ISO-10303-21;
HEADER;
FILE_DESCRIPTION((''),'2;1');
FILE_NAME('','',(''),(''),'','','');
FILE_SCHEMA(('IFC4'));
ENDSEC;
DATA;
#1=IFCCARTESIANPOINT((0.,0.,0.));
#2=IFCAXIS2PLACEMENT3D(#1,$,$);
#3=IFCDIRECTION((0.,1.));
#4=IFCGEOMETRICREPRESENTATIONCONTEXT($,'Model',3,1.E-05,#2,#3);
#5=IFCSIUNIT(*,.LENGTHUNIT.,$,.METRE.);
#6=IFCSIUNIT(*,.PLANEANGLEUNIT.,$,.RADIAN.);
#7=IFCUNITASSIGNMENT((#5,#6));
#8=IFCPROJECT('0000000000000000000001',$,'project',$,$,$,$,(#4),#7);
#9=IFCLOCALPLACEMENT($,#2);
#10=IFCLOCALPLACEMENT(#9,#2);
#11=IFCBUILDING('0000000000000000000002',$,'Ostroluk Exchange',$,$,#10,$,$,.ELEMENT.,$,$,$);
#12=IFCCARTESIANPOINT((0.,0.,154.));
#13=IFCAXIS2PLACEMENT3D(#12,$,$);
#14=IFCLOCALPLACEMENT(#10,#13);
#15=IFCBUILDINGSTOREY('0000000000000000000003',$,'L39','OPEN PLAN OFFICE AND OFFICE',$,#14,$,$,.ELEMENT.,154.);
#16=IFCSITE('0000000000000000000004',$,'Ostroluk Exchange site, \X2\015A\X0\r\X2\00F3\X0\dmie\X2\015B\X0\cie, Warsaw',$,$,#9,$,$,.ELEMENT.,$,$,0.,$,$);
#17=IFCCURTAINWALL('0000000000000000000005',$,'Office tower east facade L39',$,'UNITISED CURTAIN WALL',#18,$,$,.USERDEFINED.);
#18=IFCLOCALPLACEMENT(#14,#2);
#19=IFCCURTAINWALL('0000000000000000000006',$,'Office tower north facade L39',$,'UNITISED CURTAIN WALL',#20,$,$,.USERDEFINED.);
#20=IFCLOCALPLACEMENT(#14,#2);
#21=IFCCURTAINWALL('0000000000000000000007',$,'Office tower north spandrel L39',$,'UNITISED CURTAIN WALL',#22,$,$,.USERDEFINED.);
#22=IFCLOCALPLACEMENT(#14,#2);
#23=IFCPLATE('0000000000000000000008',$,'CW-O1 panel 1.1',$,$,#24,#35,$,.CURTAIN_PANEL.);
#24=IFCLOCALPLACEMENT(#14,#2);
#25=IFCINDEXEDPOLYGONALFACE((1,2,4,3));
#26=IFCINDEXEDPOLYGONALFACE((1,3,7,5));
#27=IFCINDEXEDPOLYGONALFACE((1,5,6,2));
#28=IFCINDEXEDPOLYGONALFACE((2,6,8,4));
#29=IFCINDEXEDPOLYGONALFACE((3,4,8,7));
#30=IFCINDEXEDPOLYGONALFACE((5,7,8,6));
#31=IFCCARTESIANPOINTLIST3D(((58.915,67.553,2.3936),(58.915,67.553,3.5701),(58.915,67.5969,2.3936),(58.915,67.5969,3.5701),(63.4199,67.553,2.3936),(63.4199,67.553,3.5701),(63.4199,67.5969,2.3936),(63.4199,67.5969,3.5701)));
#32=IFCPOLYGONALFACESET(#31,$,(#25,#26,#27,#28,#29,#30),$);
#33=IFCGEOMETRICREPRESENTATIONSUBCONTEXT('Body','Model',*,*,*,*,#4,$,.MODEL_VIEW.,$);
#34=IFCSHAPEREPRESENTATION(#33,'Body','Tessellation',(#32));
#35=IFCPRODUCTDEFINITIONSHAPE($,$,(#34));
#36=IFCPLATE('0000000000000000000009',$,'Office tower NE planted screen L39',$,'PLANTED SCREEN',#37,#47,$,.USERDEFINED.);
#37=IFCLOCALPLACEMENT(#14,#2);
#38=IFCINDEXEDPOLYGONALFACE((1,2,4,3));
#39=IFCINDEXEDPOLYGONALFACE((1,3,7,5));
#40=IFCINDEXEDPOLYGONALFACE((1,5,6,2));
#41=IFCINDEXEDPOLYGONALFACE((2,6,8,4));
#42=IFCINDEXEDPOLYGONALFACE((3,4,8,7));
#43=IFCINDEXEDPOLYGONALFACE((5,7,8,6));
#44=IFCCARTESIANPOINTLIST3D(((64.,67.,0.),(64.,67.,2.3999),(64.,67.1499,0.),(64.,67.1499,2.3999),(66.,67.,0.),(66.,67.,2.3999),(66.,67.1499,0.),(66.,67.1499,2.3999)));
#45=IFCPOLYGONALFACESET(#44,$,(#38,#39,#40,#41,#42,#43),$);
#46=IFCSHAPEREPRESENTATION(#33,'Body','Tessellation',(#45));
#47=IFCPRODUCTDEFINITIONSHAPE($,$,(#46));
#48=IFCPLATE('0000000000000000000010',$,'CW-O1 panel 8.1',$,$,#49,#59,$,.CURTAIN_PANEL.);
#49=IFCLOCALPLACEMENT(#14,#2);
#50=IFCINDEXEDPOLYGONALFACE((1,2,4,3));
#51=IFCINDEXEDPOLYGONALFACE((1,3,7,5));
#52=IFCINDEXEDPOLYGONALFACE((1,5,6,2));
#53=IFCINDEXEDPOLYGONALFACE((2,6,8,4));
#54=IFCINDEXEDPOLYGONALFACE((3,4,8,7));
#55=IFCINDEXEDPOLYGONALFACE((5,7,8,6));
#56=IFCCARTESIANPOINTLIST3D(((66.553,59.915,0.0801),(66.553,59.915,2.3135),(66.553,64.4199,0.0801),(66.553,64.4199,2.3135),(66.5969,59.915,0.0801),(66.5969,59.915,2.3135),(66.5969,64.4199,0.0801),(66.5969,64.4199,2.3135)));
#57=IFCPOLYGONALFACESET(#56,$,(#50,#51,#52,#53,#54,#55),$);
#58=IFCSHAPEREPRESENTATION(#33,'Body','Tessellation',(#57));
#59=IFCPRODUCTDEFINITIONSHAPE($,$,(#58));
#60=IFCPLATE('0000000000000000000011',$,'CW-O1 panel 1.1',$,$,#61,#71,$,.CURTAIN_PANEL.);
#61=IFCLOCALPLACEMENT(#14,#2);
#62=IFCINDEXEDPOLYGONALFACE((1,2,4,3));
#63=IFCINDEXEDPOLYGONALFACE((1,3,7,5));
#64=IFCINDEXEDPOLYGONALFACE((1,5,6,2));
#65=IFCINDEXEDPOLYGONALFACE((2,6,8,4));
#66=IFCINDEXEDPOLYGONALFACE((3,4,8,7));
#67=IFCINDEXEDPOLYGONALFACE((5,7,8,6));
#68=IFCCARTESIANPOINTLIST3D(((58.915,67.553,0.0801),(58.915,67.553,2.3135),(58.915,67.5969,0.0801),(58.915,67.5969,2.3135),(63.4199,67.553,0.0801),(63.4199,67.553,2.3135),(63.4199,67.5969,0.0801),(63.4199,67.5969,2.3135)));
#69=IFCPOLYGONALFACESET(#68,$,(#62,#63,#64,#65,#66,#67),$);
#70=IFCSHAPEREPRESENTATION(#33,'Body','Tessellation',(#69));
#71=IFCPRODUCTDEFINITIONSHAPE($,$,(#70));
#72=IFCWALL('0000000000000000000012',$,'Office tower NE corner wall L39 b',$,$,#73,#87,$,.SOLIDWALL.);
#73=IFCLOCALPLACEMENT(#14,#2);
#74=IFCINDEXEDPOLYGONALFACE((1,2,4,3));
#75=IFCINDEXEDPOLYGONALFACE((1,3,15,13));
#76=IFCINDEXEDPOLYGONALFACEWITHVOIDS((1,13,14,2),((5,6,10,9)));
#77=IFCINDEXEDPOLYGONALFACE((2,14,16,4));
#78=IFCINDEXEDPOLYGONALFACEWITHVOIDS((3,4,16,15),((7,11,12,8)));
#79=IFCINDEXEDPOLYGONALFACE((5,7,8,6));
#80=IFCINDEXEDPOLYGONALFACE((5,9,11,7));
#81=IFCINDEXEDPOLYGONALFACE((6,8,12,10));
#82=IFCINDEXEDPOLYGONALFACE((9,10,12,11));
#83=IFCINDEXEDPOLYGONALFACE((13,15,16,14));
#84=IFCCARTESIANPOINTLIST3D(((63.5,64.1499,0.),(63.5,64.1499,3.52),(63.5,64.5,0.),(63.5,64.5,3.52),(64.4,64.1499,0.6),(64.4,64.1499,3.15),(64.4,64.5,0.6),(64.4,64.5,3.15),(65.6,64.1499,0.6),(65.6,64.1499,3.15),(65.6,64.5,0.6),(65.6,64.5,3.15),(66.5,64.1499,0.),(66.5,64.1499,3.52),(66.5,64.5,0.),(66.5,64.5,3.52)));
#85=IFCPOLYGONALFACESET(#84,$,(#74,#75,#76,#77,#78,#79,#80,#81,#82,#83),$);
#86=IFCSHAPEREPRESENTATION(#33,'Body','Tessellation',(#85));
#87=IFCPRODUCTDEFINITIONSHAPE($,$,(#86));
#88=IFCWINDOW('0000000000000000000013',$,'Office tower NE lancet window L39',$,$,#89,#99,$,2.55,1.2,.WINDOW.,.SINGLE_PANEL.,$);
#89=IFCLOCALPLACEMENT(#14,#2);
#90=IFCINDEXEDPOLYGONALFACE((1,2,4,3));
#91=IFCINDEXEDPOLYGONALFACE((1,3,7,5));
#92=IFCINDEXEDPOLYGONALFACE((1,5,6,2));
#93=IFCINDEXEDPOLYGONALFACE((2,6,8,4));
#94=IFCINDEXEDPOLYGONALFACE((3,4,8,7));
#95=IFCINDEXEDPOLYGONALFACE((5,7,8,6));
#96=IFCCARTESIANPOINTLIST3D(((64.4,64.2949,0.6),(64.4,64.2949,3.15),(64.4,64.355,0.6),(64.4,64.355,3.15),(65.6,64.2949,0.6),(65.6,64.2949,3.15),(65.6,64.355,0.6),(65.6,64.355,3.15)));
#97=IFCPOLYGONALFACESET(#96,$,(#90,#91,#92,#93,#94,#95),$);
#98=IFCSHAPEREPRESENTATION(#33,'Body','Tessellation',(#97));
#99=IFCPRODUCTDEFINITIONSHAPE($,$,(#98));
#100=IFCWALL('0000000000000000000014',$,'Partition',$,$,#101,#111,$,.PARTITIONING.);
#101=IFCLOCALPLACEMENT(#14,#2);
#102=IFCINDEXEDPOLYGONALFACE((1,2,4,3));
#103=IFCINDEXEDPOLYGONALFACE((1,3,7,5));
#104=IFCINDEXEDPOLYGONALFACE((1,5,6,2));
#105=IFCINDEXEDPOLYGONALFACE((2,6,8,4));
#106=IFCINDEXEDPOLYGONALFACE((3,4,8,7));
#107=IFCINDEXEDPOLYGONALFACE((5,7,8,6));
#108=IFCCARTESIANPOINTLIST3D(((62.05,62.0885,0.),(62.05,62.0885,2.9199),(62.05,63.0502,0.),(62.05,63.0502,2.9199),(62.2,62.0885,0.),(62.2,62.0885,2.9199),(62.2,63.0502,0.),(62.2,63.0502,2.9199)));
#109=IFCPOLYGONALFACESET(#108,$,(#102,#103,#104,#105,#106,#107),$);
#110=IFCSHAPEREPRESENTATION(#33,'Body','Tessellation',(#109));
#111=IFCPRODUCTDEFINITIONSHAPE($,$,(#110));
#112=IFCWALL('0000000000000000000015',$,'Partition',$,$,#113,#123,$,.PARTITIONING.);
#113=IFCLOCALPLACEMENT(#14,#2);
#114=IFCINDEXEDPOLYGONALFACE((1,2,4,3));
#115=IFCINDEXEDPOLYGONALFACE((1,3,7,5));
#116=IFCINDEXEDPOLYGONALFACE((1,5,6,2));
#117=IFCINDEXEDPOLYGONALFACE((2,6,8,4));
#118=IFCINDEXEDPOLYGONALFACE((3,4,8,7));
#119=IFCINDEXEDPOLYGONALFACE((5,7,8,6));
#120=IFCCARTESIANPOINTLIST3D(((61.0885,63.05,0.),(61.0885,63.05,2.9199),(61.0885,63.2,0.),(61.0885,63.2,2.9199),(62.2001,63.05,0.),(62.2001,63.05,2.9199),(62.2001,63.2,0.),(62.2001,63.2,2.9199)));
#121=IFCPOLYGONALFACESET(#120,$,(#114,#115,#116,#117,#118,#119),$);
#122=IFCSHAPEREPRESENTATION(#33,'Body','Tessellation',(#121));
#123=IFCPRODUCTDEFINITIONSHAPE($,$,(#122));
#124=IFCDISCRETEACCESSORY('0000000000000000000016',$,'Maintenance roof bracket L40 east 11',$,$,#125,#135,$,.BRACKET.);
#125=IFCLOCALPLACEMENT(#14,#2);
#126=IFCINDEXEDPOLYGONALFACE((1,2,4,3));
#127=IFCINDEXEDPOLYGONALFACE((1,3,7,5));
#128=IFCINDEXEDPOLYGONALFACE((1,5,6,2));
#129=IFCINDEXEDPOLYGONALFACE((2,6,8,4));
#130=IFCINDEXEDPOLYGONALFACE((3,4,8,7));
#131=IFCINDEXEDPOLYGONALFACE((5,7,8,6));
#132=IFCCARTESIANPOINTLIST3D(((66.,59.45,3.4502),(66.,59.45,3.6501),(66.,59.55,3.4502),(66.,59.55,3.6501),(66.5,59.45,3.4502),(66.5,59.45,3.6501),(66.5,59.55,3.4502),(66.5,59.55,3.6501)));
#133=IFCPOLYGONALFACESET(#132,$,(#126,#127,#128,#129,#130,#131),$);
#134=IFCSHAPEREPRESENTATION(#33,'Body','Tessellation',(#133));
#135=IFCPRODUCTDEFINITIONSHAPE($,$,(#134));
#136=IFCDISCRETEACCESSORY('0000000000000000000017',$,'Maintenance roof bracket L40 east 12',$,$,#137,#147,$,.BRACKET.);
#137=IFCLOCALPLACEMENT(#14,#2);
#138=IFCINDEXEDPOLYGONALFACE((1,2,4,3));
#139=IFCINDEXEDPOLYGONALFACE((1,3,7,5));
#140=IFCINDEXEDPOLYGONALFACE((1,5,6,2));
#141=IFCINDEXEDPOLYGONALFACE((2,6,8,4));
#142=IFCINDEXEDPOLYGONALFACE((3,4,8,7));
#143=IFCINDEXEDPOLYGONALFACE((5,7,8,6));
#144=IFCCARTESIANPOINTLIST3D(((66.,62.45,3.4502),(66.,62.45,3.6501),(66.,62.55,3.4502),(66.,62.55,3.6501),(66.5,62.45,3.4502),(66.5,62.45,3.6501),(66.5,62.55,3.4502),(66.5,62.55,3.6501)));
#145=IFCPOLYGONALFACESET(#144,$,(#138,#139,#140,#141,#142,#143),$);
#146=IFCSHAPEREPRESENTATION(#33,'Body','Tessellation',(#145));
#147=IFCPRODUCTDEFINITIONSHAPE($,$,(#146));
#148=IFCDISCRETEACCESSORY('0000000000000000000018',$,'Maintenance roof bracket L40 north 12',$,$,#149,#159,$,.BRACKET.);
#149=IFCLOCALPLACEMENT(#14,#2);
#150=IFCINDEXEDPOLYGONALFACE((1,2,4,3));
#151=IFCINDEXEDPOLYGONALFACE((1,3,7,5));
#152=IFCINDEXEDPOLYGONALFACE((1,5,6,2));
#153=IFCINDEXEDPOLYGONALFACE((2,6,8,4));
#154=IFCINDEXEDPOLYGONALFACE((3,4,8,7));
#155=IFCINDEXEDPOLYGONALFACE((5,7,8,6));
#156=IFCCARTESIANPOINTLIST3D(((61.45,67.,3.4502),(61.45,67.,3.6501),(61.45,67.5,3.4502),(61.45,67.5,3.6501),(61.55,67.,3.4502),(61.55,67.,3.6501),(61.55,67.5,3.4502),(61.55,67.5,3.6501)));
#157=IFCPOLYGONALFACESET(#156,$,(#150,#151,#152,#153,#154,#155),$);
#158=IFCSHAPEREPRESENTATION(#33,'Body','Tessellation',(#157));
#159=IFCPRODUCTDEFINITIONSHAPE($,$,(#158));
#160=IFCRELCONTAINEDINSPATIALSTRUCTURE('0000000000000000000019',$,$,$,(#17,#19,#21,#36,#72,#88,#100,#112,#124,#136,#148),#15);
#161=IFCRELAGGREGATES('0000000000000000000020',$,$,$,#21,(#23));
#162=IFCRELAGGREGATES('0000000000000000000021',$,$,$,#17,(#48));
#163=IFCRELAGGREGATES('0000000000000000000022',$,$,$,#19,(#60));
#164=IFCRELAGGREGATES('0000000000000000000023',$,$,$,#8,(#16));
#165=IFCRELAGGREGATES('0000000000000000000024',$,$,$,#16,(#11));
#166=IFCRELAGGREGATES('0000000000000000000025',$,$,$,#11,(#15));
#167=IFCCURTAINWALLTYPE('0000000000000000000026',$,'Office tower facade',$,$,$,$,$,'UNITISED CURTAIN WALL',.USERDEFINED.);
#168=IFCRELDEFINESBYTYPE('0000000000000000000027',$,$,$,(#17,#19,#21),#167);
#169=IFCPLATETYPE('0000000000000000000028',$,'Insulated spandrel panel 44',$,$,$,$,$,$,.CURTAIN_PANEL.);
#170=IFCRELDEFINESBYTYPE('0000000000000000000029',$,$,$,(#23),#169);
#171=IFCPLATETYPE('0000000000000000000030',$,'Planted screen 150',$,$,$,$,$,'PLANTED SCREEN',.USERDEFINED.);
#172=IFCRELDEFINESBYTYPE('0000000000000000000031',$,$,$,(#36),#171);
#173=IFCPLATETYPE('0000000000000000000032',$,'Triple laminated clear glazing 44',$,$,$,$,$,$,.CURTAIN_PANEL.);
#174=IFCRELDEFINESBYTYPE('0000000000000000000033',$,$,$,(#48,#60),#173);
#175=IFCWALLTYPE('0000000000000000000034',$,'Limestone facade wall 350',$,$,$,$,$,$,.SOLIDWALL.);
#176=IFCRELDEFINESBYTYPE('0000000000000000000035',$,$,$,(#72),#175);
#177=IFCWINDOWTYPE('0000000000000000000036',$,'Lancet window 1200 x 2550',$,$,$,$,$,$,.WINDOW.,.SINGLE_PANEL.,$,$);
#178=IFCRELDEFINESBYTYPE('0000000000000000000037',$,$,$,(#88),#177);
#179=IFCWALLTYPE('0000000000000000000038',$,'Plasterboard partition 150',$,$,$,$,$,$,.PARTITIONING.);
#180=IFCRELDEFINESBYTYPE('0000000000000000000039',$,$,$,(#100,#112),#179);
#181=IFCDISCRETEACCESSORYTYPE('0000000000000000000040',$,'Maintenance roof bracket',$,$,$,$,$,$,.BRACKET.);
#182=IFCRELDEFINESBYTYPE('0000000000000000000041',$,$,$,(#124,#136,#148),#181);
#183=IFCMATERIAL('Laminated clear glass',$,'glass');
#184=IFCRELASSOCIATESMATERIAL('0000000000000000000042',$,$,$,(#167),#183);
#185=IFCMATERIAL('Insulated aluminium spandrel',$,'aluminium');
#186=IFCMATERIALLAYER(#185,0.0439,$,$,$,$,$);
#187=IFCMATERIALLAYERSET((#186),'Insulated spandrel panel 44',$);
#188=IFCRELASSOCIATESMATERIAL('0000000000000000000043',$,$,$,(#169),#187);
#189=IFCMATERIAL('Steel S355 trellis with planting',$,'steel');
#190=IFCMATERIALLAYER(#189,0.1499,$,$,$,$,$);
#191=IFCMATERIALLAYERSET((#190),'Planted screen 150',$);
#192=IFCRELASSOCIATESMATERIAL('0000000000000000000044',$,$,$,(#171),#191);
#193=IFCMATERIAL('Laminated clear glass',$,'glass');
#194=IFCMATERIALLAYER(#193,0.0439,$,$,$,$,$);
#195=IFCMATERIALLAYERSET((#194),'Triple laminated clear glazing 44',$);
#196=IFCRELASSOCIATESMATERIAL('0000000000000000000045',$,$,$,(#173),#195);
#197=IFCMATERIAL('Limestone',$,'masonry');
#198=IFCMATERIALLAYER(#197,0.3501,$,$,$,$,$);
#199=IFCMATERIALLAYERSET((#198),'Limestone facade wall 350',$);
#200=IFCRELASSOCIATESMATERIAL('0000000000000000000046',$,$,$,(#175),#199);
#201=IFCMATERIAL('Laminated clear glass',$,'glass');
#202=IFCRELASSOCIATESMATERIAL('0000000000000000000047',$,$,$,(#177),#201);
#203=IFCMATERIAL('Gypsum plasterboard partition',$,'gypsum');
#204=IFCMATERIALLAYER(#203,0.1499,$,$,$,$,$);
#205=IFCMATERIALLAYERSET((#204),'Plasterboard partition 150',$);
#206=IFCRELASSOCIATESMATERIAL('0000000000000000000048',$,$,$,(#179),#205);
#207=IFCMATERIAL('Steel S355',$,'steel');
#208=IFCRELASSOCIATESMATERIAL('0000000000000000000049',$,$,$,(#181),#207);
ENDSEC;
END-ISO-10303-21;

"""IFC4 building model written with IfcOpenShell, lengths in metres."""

from ifc_helpers import new_model, si_unit, direction, frame, frame_2d, origin, origin_2d, place, context, subcontext, project, spatial, rectangle, extrude, material, layer, layer_set, type_object, element, fill, aggregate, save


model = new_model("IFC4")

# Units and contexts
model_context = context("Model", 3, precision=1e-05, world=origin(), true_north=direction((0.0, 1.0)))
body_context = subcontext(model_context, "Body", "Model", "MODEL_VIEW")
ifc_project = project(units=[si_unit("LENGTHUNIT", "METRE"), si_unit("PLANEANGLEUNIT", "RADIAN")], contexts=[model_context])

# Site, building, storey
site_placement = place(None, origin())
site = spatial("IfcSite", under=ifc_project, at=site_placement, Name="Ostroluk Exchange site, Śródmieście, Warsaw", CompositionType="ELEMENT", RefElevation=0.0)
building_placement = place(site_placement, origin())
building = spatial("IfcBuilding", under=site, at=building_placement, Name="Ostroluk Exchange", CompositionType="ELEMENT")
storey_placement = place(building_placement, frame((0.0, 0.0, 154.0)))
storey = spatial("IfcBuildingStorey", under=building, at=storey_placement, Name="L39", Description="OPEN PLAN OFFICE AND OFFICE", CompositionType="ELEMENT", Elevation=154.0)

# Curtain wall
ifc_material_1 = material(Name="Laminated clear glass", Category="glass")
curtain_wall_type = type_object("IfcCurtainWallType", Name="Office tower facade", ElementType="UNITISED CURTAIN WALL", PredefinedType="USERDEFINED", material=ifc_material_1)
curtain_wall_1_placement = place(storey_placement, origin())
curtain_wall_1 = element("IfcCurtainWall", 1, at=curtain_wall_1_placement, inside=storey, type_object=curtain_wall_type, Name="Office tower east facade L39", ObjectType="UNITISED CURTAIN WALL", PredefinedType="USERDEFINED")

# Curtain wall
curtain_wall_2_placement = place(storey_placement, origin())
curtain_wall_2 = element("IfcCurtainWall", 2, at=curtain_wall_2_placement, inside=storey, type_object=curtain_wall_type, Name="Office tower north facade L39", ObjectType="UNITISED CURTAIN WALL", PredefinedType="USERDEFINED")

# Curtain wall
curtain_wall_3_placement = place(storey_placement, origin())
curtain_wall_3 = element("IfcCurtainWall", 3, at=curtain_wall_3_placement, inside=storey, type_object=curtain_wall_type, Name="Office tower north spandrel L39", ObjectType="UNITISED CURTAIN WALL", PredefinedType="USERDEFINED")

# Plates
ifc_material_2 = material(Name="Insulated aluminium spandrel", Category="aluminium")
ifc_layer_1 = layer(ifc_material_2, 0.0439)
ifc_layer_set_1 = layer_set([ifc_layer_1], Name="Insulated spandrel panel 44")
plate_type_1 = type_object("IfcPlateType", Name="Insulated spandrel panel 44", PredefinedType="CURTAIN_PANEL", material=ifc_layer_set_1)
plate_1_placement = place(storey_placement, frame((61.1675, 67.575, 2.3936), z_axis=(0.0, 0.0, 1.0), x_axis=(-1.0, 0.0, 0.0)))
plate_1 = element("IfcPlate", 4, at=plate_1_placement, type_object=plate_type_1, Name="CW-O1 panel 1.1", PredefinedType="CURTAIN_PANEL", context=body_context, shape_type="SweptSolid", body=[
    extrude(rectangle(XDim=4.5049, YDim=0.0439, at=origin_2d()), origin(), (0.0, 0.0, 1.0), 1.1765),
])
aggregate(curtain_wall_3, [plate_1])
ifc_material_3 = material(Name="Steel S355 trellis with planting", Category="steel")
ifc_layer_2 = layer(ifc_material_3, 0.1499)
ifc_layer_set_2 = layer_set([ifc_layer_2], Name="Planted screen 150")
plate_type_2 = type_object("IfcPlateType", Name="Planted screen 150", ElementType="PLANTED SCREEN", PredefinedType="USERDEFINED", material=ifc_layer_set_2)
plate_2_placement = place(storey_placement, frame((65.0, 67.075, 0.0), z_axis=(0.0, 0.0, 1.0), x_axis=(1.0, 0.0, 0.0)))
element("IfcPlate", 5, at=plate_2_placement, inside=storey, type_object=plate_type_2, Name="Office tower NE planted screen L39", ObjectType="PLANTED SCREEN", PredefinedType="USERDEFINED", context=body_context, shape_type="SweptSolid", body=[
    extrude(rectangle(XDim=2.0, YDim=0.1499, at=origin_2d()), origin(), (0.0, 0.0, 1.0), 2.3999),
])
ifc_material_4 = material(Name="Laminated clear glass", Category="glass")
ifc_layer_3 = layer(ifc_material_4, 0.0439)
ifc_layer_set_3 = layer_set([ifc_layer_3], Name="Triple laminated clear glazing 44")
plate_type_3 = type_object("IfcPlateType", Name="Triple laminated clear glazing 44", PredefinedType="CURTAIN_PANEL", material=ifc_layer_set_3)
plate_3_placement = place(storey_placement, frame((66.575, 62.1675, 0.0801), z_axis=(0.0, 0.0, 1.0), x_axis=(0.0, 1.0, 0.0)))
plate_3 = element("IfcPlate", 6, at=plate_3_placement, type_object=plate_type_3, Name="CW-O1 panel 8.1", PredefinedType="CURTAIN_PANEL", context=body_context, shape_type="SweptSolid", body=[
    extrude(rectangle(XDim=4.5049, YDim=0.0439, at=origin_2d()), origin(), (0.0, 0.0, 1.0), 2.2334),
])
aggregate(curtain_wall_1, [plate_3])
plate_4_placement = place(storey_placement, frame((61.1675, 67.575, 0.0801), z_axis=(0.0, 0.0, 1.0), x_axis=(-1.0, 0.0, 0.0)))
plate_4 = element("IfcPlate", 7, at=plate_4_placement, type_object=plate_type_3, Name="CW-O1 panel 1.1", PredefinedType="CURTAIN_PANEL", context=body_context, shape_type="SweptSolid", body=[
    extrude(rectangle(XDim=4.5049, YDim=0.0439, at=origin_2d()), origin(), (0.0, 0.0, 1.0), 2.2334),
])
aggregate(curtain_wall_2, [plate_4])

# Shared definitions
ifc_material_5 = material(Name="Limestone", Category="masonry")
ifc_layer_4 = layer(ifc_material_5, 0.3501)
ifc_layer_set_4 = layer_set([ifc_layer_4], Name="Limestone facade wall 350")
wall_type_1 = type_object("IfcWallType", Name="Limestone facade wall 350", PredefinedType="SOLIDWALL", material=ifc_layer_set_4)

# Wall, opening, window
wall_1_placement = place(storey_placement, frame((63.5, 64.325, 0.0), z_axis=(0.0, 0.0, 1.0), x_axis=(1.0, 0.0, 0.0)))
wall_1 = element("IfcWall", 8, at=wall_1_placement, inside=storey, type_object=wall_type_1, Name="Office tower NE corner wall L39 b", PredefinedType="SOLIDWALL", context=body_context, shape_type="SweptSolid", body=[
    extrude(rectangle(XDim=3.0, YDim=0.3501, at=frame_2d((1.5, 0.0))), origin(), (0.0, 0.0, 1.0), 3.52),
])
opening_1_placement = place(wall_1_placement, frame((0.8999, 0.0, 0.6001)))
opening_1 = element("IfcOpeningElement", 9, at=opening_1_placement, cuts=wall_1, PredefinedType="OPENING", context=body_context, shape_type="SweptSolid", body=[
    extrude(rectangle(XDim=1.2, YDim=2.55, at=frame_2d((0.6001, 1.2749))), frame((0.0, 0.1851, 0.0), z_axis=(0.0, -1.0, 0.0), x_axis=(1.0, 0.0, 0.0)), (0.0, 0.0, 1.0), 0.3701),
])
ifc_material_6 = material(Name="Laminated clear glass", Category="glass")
window_type = type_object("IfcWindowType", Name="Lancet window 1200 x 2550", PartitioningType="SINGLE_PANEL", PredefinedType="WINDOW", material=ifc_material_6)
window_placement = place(opening_1_placement, origin())
window = element("IfcWindow", 10, at=window_placement, inside=storey, type_object=window_type, Name="Office tower NE lancet window L39", OverallHeight=2.55, OverallWidth=1.2, PartitioningType="SINGLE_PANEL", PredefinedType="WINDOW", context=body_context, shape_type="SweptSolid", body=[
    extrude(rectangle(XDim=1.2, YDim=2.55, at=frame_2d((0.6001, 1.2749))), frame((0.0, 0.03, 0.0), z_axis=(0.0, -1.0, 0.0), x_axis=(1.0, 0.0, 0.0)), (0.0, 0.0, 1.0), 0.0601),
])
fill(opening_1, window)

# Walls
ifc_material_7 = material(Name="Gypsum plasterboard partition", Category="gypsum")
ifc_layer_5 = layer(ifc_material_7, 0.1499)
ifc_layer_set_5 = layer_set([ifc_layer_5], Name="Plasterboard partition 150")
wall_type_2 = type_object("IfcWallType", Name="Plasterboard partition 150", PredefinedType="PARTITIONING", material=ifc_layer_set_5)
wall_2_placement = place(storey_placement, frame((62.125, 62.0884, 0.0), z_axis=(0.0, 0.0, 1.0), x_axis=(0.0, 1.0, 0.0)))
element("IfcWall", 11, at=wall_2_placement, inside=storey, type_object=wall_type_2, Name="Partition", PredefinedType="PARTITIONING", context=body_context, shape_type="SweptSolid", body=[
    extrude(rectangle(XDim=0.9617, YDim=0.1499, at=frame_2d((0.481, 0.0))), origin(), (0.0, 0.0, 1.0), 2.9199),
])
wall_3_placement = place(storey_placement, frame((62.2, 63.125, 0.0), z_axis=(0.0, 0.0, 1.0), x_axis=(-1.0, 0.0, 0.0)))
element("IfcWall", 12, at=wall_3_placement, inside=storey, type_object=wall_type_2, Name="Partition", PredefinedType="PARTITIONING", context=body_context, shape_type="SweptSolid", body=[
    extrude(rectangle(XDim=1.1116, YDim=0.1499, at=frame_2d((0.5557, 0.0))), origin(), (0.0, 0.0, 1.0), 2.9199),
])

# Discrete accessories
ifc_material_8 = material(Name="Steel S355", Category="steel")
discrete_accessory_type = type_object("IfcDiscreteAccessoryType", Name="Maintenance roof bracket", PredefinedType="BRACKET", material=ifc_material_8)
for number, where, z_axis, x_axis, name in (
    (13, (66.25, 59.5, 3.4502), (0.0, 0.0, 1.0), (1.0, 0.0, 0.0), "Maintenance roof bracket L40 east 11"),
    (14, (66.25, 62.5, 3.4502), (0.0, 0.0, 1.0), (1.0, 0.0, 0.0), "Maintenance roof bracket L40 east 12"),
):
    element("IfcDiscreteAccessory", number, at=place(storey_placement, frame(where, z_axis=z_axis, x_axis=x_axis)), inside=storey, type_object=discrete_accessory_type, Name=name, PredefinedType="BRACKET", context=body_context, shape_type="SweptSolid", body=[
        extrude(rectangle(XDim=0.5, YDim=0.1001, at=origin_2d()), origin(), (0.0, 0.0, 1.0), 0.2),
    ])
discrete_accessory_placement = place(storey_placement, frame((61.5, 67.25, 3.4502), z_axis=(0.0, 0.0, 1.0), x_axis=(1.0, 0.0, 0.0)))
element("IfcDiscreteAccessory", 15, at=discrete_accessory_placement, inside=storey, type_object=discrete_accessory_type, Name="Maintenance roof bracket L40 north 12", PredefinedType="BRACKET", context=body_context, shape_type="SweptSolid", body=[
    extrude(rectangle(XDim=0.1001, YDim=0.5, at=origin_2d()), origin(), (0.0, 0.0, 1.0), 0.2),
])

save(model, "model.ifc")
